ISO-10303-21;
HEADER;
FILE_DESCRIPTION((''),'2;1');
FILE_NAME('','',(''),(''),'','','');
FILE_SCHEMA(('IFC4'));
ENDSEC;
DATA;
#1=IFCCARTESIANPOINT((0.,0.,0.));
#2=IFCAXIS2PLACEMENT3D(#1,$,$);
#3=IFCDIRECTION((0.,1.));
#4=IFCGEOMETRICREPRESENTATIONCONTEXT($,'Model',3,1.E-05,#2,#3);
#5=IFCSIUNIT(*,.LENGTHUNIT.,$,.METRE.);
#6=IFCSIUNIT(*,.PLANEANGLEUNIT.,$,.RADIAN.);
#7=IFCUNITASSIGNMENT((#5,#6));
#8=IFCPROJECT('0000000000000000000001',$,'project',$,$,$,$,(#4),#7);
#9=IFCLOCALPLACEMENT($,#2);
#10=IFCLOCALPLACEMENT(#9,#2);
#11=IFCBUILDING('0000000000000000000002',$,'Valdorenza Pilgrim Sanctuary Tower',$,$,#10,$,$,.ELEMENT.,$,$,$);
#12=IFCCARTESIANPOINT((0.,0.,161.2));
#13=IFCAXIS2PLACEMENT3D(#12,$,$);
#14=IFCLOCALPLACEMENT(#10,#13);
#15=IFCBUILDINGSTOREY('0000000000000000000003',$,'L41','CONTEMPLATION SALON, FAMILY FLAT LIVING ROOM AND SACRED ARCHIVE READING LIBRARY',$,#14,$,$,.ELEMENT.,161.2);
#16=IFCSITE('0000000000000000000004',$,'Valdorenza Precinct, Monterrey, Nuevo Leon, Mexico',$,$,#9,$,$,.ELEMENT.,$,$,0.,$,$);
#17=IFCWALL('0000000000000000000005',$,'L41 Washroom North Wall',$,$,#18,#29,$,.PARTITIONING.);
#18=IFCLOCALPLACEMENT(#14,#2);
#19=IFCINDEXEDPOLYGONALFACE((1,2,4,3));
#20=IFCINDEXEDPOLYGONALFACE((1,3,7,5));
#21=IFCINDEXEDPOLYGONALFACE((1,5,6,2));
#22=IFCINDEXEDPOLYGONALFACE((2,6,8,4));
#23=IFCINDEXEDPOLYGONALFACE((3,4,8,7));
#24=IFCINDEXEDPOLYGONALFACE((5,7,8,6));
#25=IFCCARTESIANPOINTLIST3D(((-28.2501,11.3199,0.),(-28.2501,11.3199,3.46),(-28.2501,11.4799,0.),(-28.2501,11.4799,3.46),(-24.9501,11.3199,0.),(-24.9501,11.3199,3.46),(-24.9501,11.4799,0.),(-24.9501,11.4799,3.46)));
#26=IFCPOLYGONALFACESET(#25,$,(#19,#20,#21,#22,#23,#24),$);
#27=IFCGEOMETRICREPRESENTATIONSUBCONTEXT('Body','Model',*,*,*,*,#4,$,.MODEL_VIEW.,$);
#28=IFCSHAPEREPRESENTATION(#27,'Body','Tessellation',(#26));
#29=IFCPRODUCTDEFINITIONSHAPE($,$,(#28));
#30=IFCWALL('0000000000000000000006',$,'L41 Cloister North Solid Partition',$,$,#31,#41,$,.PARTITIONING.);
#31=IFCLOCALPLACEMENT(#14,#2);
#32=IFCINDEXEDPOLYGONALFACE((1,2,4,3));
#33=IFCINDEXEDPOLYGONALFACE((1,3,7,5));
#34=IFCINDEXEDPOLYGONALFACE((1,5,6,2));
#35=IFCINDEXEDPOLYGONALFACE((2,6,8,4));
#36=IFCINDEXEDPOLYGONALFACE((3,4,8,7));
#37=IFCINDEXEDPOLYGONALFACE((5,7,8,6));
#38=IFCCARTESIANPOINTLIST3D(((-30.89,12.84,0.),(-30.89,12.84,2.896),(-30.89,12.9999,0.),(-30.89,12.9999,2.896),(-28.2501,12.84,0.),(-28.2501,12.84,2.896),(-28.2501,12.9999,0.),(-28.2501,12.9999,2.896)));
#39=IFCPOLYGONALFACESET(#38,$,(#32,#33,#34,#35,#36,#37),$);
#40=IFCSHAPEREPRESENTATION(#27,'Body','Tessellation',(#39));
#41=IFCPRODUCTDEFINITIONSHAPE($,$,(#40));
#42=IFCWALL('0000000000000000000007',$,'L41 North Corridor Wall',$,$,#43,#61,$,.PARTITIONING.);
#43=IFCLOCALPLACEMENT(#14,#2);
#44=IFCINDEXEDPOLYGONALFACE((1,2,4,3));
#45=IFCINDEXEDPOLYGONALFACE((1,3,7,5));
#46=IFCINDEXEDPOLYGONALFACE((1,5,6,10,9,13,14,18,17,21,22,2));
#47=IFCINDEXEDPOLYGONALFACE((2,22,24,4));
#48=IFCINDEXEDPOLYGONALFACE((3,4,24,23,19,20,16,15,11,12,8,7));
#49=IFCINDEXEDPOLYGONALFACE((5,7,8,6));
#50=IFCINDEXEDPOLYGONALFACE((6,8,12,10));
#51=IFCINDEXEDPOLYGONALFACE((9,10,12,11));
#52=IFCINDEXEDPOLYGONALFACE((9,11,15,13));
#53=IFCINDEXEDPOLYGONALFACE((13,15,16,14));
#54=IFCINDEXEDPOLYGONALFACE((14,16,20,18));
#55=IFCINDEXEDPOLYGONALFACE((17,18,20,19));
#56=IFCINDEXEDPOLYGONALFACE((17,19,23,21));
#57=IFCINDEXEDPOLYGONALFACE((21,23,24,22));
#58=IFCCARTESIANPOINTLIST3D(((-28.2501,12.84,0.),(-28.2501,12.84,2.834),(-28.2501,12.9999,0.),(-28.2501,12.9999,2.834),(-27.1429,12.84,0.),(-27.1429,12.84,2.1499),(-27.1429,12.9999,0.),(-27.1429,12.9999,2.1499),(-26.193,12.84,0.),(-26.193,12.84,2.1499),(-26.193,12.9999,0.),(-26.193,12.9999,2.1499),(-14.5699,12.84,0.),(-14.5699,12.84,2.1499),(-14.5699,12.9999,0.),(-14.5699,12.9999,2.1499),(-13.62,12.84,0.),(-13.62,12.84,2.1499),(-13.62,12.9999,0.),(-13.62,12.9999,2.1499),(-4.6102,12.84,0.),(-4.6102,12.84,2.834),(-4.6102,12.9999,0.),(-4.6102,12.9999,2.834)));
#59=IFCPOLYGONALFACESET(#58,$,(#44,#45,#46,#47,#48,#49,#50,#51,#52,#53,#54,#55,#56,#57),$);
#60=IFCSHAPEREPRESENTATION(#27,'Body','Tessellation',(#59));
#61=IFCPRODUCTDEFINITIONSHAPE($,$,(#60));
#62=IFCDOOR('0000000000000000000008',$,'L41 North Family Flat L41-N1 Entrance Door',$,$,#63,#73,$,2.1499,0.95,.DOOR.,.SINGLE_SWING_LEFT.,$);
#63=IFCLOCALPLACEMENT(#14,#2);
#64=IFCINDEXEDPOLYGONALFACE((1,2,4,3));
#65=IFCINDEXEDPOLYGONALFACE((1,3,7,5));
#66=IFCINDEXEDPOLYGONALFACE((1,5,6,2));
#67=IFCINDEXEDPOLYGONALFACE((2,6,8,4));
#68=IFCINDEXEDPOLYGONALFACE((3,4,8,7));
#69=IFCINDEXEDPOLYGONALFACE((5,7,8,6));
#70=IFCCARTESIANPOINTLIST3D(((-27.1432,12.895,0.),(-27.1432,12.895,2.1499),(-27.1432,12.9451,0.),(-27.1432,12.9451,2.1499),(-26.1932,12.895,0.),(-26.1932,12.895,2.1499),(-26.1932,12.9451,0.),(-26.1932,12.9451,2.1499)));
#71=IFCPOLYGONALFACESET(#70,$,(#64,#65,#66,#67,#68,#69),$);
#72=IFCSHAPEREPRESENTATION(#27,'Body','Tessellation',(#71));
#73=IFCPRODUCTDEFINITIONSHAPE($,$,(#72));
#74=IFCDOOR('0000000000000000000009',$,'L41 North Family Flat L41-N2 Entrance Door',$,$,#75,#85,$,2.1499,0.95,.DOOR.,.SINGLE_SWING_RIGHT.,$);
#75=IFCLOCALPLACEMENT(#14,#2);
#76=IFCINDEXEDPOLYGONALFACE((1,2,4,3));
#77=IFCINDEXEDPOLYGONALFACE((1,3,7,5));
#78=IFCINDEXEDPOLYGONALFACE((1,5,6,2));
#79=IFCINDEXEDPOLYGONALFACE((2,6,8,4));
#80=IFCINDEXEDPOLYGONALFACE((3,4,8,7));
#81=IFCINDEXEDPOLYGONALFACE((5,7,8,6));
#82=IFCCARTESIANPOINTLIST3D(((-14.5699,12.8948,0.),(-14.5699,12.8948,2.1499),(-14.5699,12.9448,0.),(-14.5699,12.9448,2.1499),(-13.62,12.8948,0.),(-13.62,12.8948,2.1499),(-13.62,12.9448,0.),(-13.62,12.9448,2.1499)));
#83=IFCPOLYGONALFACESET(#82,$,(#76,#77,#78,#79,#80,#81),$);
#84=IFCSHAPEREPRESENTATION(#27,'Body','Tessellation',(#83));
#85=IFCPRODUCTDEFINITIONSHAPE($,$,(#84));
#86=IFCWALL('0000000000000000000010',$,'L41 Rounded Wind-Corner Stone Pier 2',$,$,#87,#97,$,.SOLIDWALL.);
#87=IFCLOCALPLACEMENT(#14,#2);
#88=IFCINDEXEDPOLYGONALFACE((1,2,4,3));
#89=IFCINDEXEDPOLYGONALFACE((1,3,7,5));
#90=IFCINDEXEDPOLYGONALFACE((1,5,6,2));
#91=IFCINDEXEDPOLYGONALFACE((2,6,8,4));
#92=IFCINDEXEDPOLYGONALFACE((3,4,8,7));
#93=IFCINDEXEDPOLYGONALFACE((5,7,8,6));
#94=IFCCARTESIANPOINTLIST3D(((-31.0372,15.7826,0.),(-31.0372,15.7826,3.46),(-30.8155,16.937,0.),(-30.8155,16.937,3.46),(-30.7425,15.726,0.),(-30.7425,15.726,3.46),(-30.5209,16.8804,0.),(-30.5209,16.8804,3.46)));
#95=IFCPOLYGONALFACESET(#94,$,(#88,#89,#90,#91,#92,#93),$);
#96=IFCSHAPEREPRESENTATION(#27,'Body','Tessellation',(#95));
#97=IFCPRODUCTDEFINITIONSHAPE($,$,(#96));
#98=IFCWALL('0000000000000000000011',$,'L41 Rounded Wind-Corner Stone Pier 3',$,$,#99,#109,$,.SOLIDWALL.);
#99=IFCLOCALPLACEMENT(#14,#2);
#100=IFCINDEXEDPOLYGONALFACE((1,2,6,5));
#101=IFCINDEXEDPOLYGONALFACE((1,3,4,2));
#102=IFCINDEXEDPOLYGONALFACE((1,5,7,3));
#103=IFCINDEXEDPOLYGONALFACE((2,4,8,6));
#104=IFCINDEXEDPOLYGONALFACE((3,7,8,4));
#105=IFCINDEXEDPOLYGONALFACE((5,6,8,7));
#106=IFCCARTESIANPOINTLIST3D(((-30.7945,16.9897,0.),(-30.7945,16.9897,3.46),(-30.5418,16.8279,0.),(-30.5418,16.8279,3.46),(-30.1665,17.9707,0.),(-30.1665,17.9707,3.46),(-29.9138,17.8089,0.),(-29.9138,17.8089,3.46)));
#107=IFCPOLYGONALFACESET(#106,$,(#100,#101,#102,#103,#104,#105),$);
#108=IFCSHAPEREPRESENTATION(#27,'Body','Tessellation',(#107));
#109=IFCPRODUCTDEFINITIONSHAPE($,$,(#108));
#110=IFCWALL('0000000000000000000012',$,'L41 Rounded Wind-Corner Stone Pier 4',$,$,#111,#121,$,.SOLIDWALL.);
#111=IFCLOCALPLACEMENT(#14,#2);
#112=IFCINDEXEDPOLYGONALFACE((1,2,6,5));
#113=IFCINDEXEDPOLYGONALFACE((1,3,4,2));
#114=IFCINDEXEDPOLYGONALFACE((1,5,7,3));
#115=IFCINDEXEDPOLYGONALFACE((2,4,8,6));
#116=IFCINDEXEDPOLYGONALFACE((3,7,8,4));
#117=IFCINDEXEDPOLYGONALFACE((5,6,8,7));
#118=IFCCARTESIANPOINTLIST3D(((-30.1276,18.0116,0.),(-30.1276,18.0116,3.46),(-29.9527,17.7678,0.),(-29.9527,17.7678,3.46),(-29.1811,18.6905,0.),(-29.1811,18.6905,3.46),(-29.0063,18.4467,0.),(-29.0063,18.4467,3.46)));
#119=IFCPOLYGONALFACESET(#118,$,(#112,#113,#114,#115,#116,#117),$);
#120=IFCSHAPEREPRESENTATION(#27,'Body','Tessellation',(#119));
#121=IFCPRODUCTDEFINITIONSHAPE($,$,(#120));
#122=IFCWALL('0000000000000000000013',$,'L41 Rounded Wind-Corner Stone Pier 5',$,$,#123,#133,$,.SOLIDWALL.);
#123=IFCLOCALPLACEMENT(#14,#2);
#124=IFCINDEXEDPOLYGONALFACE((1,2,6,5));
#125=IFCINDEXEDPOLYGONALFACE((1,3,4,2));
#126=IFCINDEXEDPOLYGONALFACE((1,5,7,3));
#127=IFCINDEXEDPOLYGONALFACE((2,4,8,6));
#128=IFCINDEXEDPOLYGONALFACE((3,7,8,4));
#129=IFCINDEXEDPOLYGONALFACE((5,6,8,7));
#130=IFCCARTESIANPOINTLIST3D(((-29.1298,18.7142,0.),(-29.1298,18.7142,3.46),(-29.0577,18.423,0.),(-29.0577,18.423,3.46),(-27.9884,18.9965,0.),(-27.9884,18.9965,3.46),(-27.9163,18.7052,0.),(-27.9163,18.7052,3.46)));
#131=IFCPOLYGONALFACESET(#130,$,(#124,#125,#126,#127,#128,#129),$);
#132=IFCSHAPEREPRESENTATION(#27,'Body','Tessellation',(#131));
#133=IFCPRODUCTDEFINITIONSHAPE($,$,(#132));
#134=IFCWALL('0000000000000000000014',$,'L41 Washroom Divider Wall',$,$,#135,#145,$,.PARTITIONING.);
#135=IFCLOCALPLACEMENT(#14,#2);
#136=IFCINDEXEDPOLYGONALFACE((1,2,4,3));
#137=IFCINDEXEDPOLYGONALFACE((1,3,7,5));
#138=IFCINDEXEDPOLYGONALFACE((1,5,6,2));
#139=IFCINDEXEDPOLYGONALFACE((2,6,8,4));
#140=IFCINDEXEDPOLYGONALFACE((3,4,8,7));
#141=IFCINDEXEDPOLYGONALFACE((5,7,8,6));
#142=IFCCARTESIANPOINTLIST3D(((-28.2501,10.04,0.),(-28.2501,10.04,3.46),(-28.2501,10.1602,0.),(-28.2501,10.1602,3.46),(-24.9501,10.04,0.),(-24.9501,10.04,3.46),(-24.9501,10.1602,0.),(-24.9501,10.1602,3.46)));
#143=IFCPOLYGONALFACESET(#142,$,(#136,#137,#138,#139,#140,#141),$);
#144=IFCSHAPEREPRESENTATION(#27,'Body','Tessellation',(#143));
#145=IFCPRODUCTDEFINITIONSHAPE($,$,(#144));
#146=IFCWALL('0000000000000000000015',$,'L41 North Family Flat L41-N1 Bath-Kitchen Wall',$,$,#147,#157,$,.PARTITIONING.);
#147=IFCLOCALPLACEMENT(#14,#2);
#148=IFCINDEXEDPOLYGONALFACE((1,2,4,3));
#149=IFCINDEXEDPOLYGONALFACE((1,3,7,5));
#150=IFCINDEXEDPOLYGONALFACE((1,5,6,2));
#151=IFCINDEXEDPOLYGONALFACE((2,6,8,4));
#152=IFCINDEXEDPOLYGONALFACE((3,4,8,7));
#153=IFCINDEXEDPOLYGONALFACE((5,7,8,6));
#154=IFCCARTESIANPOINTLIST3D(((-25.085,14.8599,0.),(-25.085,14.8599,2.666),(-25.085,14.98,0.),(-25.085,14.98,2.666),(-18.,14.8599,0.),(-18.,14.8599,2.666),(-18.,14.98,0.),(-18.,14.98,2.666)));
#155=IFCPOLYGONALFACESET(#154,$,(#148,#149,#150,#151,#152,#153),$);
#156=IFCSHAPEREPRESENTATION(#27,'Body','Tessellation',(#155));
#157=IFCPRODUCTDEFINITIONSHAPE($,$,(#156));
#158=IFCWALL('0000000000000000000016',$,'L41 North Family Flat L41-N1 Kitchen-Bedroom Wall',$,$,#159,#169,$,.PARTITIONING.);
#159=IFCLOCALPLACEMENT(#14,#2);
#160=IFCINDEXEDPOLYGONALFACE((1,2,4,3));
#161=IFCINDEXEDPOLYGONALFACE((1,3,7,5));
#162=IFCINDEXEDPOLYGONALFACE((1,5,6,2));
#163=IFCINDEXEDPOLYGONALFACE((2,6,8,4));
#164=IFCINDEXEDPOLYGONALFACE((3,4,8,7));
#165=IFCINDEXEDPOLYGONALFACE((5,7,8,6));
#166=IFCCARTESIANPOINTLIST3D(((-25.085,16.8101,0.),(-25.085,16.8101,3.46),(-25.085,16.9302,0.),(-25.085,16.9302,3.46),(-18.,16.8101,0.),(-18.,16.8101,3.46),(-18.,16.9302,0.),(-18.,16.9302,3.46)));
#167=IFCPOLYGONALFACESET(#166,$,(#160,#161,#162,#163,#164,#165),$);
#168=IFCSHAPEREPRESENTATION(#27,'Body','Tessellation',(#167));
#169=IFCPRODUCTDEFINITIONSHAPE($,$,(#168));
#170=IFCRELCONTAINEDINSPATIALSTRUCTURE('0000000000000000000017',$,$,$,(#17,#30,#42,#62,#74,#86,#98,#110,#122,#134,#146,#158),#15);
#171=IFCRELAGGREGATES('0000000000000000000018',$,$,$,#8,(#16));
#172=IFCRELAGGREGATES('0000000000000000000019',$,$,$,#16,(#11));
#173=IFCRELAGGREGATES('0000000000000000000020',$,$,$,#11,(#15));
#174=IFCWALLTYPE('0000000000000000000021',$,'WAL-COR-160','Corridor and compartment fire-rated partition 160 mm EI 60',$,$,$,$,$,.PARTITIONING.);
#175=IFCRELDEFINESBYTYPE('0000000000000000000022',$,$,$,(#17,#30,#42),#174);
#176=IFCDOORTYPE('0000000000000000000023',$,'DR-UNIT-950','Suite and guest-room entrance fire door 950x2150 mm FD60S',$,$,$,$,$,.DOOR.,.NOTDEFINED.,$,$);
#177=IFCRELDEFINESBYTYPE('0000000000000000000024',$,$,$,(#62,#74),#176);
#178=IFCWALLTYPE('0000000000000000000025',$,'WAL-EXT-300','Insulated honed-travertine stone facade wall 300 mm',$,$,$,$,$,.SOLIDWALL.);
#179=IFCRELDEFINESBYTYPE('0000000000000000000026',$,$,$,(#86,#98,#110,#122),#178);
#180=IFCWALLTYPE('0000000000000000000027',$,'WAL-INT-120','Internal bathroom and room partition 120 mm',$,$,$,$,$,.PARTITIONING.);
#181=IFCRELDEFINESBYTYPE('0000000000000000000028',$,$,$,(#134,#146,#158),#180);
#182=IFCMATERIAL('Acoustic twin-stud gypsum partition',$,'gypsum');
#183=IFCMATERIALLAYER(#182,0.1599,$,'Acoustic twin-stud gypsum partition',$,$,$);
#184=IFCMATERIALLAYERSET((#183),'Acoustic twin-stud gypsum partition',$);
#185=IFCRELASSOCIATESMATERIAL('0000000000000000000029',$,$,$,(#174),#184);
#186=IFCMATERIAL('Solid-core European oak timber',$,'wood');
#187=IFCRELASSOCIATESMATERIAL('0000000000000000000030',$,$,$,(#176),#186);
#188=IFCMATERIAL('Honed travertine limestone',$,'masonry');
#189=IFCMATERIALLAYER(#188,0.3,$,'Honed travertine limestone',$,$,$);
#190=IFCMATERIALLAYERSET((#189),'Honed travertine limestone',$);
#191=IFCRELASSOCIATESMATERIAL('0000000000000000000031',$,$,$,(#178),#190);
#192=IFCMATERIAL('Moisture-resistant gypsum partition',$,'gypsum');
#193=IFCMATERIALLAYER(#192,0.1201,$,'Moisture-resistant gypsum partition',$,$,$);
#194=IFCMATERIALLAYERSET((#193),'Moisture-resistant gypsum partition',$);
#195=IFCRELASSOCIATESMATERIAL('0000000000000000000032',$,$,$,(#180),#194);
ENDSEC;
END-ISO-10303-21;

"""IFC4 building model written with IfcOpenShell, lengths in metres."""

from ifc_helpers import new_model, si_unit, direction, frame, frame_2d, origin, place, context, subcontext, project, spatial, rectangle, extrude, material, layer, layer_set, type_object, element, fill, save


model = new_model("IFC4")

# Units and contexts
model_context = context("Model", 3, precision=1e-05, world=origin(), true_north=direction((0.0, 1.0)))
body_context = subcontext(model_context, "Body", "Model", "MODEL_VIEW")
ifc_project = project(units=[si_unit("LENGTHUNIT", "METRE"), si_unit("PLANEANGLEUNIT", "RADIAN")], contexts=[model_context])

# Site, building, storey
site_placement = place(None, origin())
site = spatial("IfcSite", under=ifc_project, at=site_placement, Name="Valdorenza Precinct, Monterrey, Nuevo Leon, Mexico", CompositionType="ELEMENT", RefElevation=0.0)
building_placement = place(site_placement, origin())
building = spatial("IfcBuilding", under=site, at=building_placement, Name="Valdorenza Pilgrim Sanctuary Tower", CompositionType="ELEMENT")
storey_placement = place(building_placement, frame((0.0, 0.0, 161.2)))
storey = spatial("IfcBuildingStorey", under=building, at=storey_placement, Name="L41", Description="CONTEMPLATION SALON, FAMILY FLAT LIVING ROOM AND SACRED ARCHIVE READING LIBRARY", CompositionType="ELEMENT", Elevation=161.2)

# Shared definitions
ifc_material_1 = material(Name="Honed travertine limestone", Category="masonry")

# Walls
ifc_material_2 = material(Name="Acoustic twin-stud gypsum partition", Category="gypsum")
ifc_layer_1 = layer(ifc_material_2, 0.1599, Name="Acoustic twin-stud gypsum partition")
ifc_layer_set_1 = layer_set([ifc_layer_1], Name="Acoustic twin-stud gypsum partition")
wall_type_1 = type_object("IfcWallType", Name="WAL-COR-160", Description="Corridor and compartment fire-rated partition 160 mm EI 60", PredefinedType="PARTITIONING", material=ifc_layer_set_1)
wall_1_placement = place(storey_placement, frame((-28.25, 11.3999, 0.0), z_axis=(0.0, 0.0, 1.0), x_axis=(1.0, 0.0, 0.0)))
element("IfcWall", 1, at=wall_1_placement, inside=storey, type_object=wall_type_1, Name="L41 Washroom North Wall", PredefinedType="PARTITIONING", context=body_context, shape_type="SweptSolid", body=[
    extrude(rectangle(XDim=3.3, YDim=0.1599, at=frame_2d((1.6499, 0.0))), origin(), (0.0, 0.0, 1.0), 3.46),
])
wall_2_placement = place(storey_placement, frame((-30.8899, 12.9199, 0.0), z_axis=(0.0, 0.0, 1.0), x_axis=(1.0, 0.0, 0.0)))
element("IfcWall", 2, at=wall_2_placement, inside=storey, type_object=wall_type_1, Name="L41 Cloister North Solid Partition", PredefinedType="PARTITIONING", context=body_context, shape_type="SweptSolid", body=[
    extrude(rectangle(XDim=2.6399, YDim=0.1599, at=frame_2d((1.3198, 0.0))), origin(), (0.0, 0.0, 1.0), 2.896),
])

# Wall, openings, doors
wall_3_placement = place(storey_placement, frame((-28.25, 12.9199, 0.0), z_axis=(0.0, 0.0, 1.0), x_axis=(1.0, 0.0, 0.0)))
wall_3 = element("IfcWall", 3, at=wall_3_placement, inside=storey, type_object=wall_type_1, Name="L41 North Corridor Wall", PredefinedType="PARTITIONING", context=body_context, shape_type="SweptSolid", body=[
    extrude(rectangle(XDim=23.6399, YDim=0.1599, at=frame_2d((11.8198, 0.0))), origin(), (0.0, 0.0, 1.0), 2.834),
])
opening_1_placement = place(wall_3_placement, frame((1.1069, 0.0, 0.0)))
opening_1 = element("IfcOpeningElement", 4, at=opening_1_placement, cuts=wall_3, PredefinedType="OPENING", context=body_context, shape_type="SweptSolid", body=[
    extrude(rectangle(XDim=0.95, YDim=2.1499, at=frame_2d((0.4751, 1.075))), frame((0.0, 0.0947, 0.0), z_axis=(0.0, -1.0, 0.0), x_axis=(1.0, 0.0, 0.0)), (0.0, 0.0, 1.0), 0.1897),
])
opening_2_placement = place(wall_3_placement, frame((13.6799, 0.0, 0.0)))
opening_2 = element("IfcOpeningElement", 5, at=opening_2_placement, cuts=wall_3, PredefinedType="OPENING", context=body_context, shape_type="SweptSolid", body=[
    extrude(rectangle(XDim=0.95, YDim=2.1499, at=frame_2d((0.4751, 1.075))), frame((0.0, 0.0947, 0.0), z_axis=(0.0, -1.0, 0.0), x_axis=(1.0, 0.0, 0.0)), (0.0, 0.0, 1.0), 0.1897),
])
ifc_material_3 = material(Name="Solid-core European oak timber", Category="wood")
door_type_1 = type_object("IfcDoorType", Name="DR-UNIT-950", Description="Suite and guest-room entrance fire door 950x2150 mm FD60S", OperationType="NOTDEFINED", PredefinedType="DOOR", material=ifc_material_3)
door_1_placement = place(opening_1_placement, frame((0.95, 0.0, 0.0), z_axis=(0.0, 0.0, 1.0), x_axis=(-1.0, 0.0, 0.0)))
door_1 = element("IfcDoor", 6, at=door_1_placement, inside=storey, type_object=door_type_1, Name="L41 North Family Flat L41-N1 Entrance Door", OperationType="SINGLE_SWING_LEFT", OverallHeight=2.1499, OverallWidth=0.95, PredefinedType="DOOR", context=body_context, shape_type="SweptSolid", body=[
    extrude(rectangle(XDim=0.95, YDim=2.1499, at=frame_2d((0.4751, 1.075))), frame((0.0, 0.0249, 0.0), z_axis=(0.0, -1.0, 0.0), x_axis=(1.0, 0.0, 0.0)), (0.0, 0.0, 1.0), 0.05),
])
fill(opening_1, door_1)
door_2_placement = place(opening_2_placement, origin())
door_2 = element("IfcDoor", 7, at=door_2_placement, inside=storey, type_object=door_type_1, Name="L41 North Family Flat L41-N2 Entrance Door", OperationType="SINGLE_SWING_RIGHT", OverallHeight=2.1499, OverallWidth=0.95, PredefinedType="DOOR", context=body_context, shape_type="SweptSolid", body=[
    extrude(rectangle(XDim=0.95, YDim=2.1499, at=frame_2d((0.4751, 1.075))), frame((0.0, 0.0249, 0.0), z_axis=(0.0, -1.0, 0.0), x_axis=(1.0, 0.0, 0.0)), (0.0, 0.0, 1.0), 0.05),
])
fill(opening_2, door_2)

# Walls
ifc_layer_2 = layer(ifc_material_1, 0.3, Name="Honed travertine limestone")
ifc_layer_set_2 = layer_set([ifc_layer_2], Name="Honed travertine limestone")
wall_type_2 = type_object("IfcWallType", Name="WAL-EXT-300", Description="Insulated honed-travertine stone facade wall 300 mm", PredefinedType="SOLIDWALL", material=ifc_layer_set_2)
wall_4_placement = place(storey_placement, frame((-30.8899, 15.7542, 0.0), z_axis=(0.0, 0.0, 1.0), x_axis=(0.188562, 0.982061, 0.0)))
element("IfcWall", 8, at=wall_4_placement, inside=storey, type_object=wall_type_2, Name="L41 Rounded Wind-Corner Stone Pier 2", PredefinedType="SOLIDWALL", context=body_context, shape_type="SweptSolid", body=[
    extrude(rectangle(XDim=1.1755, YDim=0.3, at=frame_2d((0.5879, 0.0))), origin(), (0.0, 0.0, 1.0), 3.46),
])
for number, where, z_axis, x_axis, name in (
    (9, (-30.6682, 16.9087, 0.0), (0.0, 0.0, 1.0), (0.539125, 0.842226, 0.0), "L41 Rounded Wind-Corner Stone Pier 3"),
    (10, (-30.0403, 17.8896, 0.0), (0.0, 0.0, 1.0), (0.812571, 0.582863, 0.0), "L41 Rounded Wind-Corner Stone Pier 4"),
):
    element("IfcWall", number, at=place(storey_placement, frame(where, z_axis=z_axis, x_axis=x_axis)), inside=storey, type_object=wall_type_2, Name=name, PredefinedType="SOLIDWALL", context=body_context, shape_type="SweptSolid", body=[
        extrude(rectangle(XDim=1.1648, YDim=0.3, at=frame_2d((0.5825, 0.0))), origin(), (0.0, 0.0, 1.0), 3.46),
    ])
wall_5_placement = place(storey_placement, frame((-29.0938, 18.5686, 0.0), z_axis=(0.0, 0.0, 1.0), x_axis=(0.970762, 0.240043, 0.0)))
element("IfcWall", 11, at=wall_5_placement, inside=storey, type_object=wall_type_2, Name="L41 Rounded Wind-Corner Stone Pier 5", PredefinedType="SOLIDWALL", context=body_context, shape_type="SweptSolid", body=[
    extrude(rectangle(XDim=1.1758, YDim=0.3, at=frame_2d((0.5879, 0.0))), origin(), (0.0, 0.0, 1.0), 3.46),
])
ifc_material_4 = material(Name="Moisture-resistant gypsum partition", Category="gypsum")
ifc_layer_3 = layer(ifc_material_4, 0.1201, Name="Moisture-resistant gypsum partition")
ifc_layer_set_3 = layer_set([ifc_layer_3], Name="Moisture-resistant gypsum partition")
wall_type_3 = type_object("IfcWallType", Name="WAL-INT-120", Description="Internal bathroom and room partition 120 mm", PredefinedType="PARTITIONING", material=ifc_layer_set_3)
wall_6_placement = place(storey_placement, frame((-28.25, 10.1001, 0.0), z_axis=(0.0, 0.0, 1.0), x_axis=(1.0, 0.0, 0.0)))
element("IfcWall", 12, at=wall_6_placement, inside=storey, type_object=wall_type_3, Name="L41 Washroom Divider Wall", PredefinedType="PARTITIONING", context=body_context, shape_type="SweptSolid", body=[
    extrude(rectangle(XDim=3.3, YDim=0.1201, at=frame_2d((1.6499, 0.0))), origin(), (0.0, 0.0, 1.0), 3.46),
])
wall_7_placement = place(storey_placement, frame((-25.085, 14.9199, 0.0), z_axis=(0.0, 0.0, 1.0), x_axis=(1.0, 0.0, 0.0)))
element("IfcWall", 13, at=wall_7_placement, inside=storey, type_object=wall_type_3, Name="L41 North Family Flat L41-N1 Bath-Kitchen Wall", PredefinedType="PARTITIONING", context=body_context, shape_type="SweptSolid", body=[
    extrude(rectangle(XDim=7.085, YDim=0.1201, at=frame_2d((3.5425, 0.0))), origin(), (0.0, 0.0, 1.0), 2.666),
])
wall_8_placement = place(storey_placement, frame((-25.085, 16.8701, 0.0), z_axis=(0.0, 0.0, 1.0), x_axis=(1.0, 0.0, 0.0)))
element("IfcWall", 14, at=wall_8_placement, inside=storey, type_object=wall_type_3, Name="L41 North Family Flat L41-N1 Kitchen-Bedroom Wall", PredefinedType="PARTITIONING", context=body_context, shape_type="SweptSolid", body=[
    extrude(rectangle(XDim=7.085, YDim=0.1201, at=frame_2d((3.5425, 0.0))), origin(), (0.0, 0.0, 1.0), 3.46),
])

save(model, "model.ifc")
